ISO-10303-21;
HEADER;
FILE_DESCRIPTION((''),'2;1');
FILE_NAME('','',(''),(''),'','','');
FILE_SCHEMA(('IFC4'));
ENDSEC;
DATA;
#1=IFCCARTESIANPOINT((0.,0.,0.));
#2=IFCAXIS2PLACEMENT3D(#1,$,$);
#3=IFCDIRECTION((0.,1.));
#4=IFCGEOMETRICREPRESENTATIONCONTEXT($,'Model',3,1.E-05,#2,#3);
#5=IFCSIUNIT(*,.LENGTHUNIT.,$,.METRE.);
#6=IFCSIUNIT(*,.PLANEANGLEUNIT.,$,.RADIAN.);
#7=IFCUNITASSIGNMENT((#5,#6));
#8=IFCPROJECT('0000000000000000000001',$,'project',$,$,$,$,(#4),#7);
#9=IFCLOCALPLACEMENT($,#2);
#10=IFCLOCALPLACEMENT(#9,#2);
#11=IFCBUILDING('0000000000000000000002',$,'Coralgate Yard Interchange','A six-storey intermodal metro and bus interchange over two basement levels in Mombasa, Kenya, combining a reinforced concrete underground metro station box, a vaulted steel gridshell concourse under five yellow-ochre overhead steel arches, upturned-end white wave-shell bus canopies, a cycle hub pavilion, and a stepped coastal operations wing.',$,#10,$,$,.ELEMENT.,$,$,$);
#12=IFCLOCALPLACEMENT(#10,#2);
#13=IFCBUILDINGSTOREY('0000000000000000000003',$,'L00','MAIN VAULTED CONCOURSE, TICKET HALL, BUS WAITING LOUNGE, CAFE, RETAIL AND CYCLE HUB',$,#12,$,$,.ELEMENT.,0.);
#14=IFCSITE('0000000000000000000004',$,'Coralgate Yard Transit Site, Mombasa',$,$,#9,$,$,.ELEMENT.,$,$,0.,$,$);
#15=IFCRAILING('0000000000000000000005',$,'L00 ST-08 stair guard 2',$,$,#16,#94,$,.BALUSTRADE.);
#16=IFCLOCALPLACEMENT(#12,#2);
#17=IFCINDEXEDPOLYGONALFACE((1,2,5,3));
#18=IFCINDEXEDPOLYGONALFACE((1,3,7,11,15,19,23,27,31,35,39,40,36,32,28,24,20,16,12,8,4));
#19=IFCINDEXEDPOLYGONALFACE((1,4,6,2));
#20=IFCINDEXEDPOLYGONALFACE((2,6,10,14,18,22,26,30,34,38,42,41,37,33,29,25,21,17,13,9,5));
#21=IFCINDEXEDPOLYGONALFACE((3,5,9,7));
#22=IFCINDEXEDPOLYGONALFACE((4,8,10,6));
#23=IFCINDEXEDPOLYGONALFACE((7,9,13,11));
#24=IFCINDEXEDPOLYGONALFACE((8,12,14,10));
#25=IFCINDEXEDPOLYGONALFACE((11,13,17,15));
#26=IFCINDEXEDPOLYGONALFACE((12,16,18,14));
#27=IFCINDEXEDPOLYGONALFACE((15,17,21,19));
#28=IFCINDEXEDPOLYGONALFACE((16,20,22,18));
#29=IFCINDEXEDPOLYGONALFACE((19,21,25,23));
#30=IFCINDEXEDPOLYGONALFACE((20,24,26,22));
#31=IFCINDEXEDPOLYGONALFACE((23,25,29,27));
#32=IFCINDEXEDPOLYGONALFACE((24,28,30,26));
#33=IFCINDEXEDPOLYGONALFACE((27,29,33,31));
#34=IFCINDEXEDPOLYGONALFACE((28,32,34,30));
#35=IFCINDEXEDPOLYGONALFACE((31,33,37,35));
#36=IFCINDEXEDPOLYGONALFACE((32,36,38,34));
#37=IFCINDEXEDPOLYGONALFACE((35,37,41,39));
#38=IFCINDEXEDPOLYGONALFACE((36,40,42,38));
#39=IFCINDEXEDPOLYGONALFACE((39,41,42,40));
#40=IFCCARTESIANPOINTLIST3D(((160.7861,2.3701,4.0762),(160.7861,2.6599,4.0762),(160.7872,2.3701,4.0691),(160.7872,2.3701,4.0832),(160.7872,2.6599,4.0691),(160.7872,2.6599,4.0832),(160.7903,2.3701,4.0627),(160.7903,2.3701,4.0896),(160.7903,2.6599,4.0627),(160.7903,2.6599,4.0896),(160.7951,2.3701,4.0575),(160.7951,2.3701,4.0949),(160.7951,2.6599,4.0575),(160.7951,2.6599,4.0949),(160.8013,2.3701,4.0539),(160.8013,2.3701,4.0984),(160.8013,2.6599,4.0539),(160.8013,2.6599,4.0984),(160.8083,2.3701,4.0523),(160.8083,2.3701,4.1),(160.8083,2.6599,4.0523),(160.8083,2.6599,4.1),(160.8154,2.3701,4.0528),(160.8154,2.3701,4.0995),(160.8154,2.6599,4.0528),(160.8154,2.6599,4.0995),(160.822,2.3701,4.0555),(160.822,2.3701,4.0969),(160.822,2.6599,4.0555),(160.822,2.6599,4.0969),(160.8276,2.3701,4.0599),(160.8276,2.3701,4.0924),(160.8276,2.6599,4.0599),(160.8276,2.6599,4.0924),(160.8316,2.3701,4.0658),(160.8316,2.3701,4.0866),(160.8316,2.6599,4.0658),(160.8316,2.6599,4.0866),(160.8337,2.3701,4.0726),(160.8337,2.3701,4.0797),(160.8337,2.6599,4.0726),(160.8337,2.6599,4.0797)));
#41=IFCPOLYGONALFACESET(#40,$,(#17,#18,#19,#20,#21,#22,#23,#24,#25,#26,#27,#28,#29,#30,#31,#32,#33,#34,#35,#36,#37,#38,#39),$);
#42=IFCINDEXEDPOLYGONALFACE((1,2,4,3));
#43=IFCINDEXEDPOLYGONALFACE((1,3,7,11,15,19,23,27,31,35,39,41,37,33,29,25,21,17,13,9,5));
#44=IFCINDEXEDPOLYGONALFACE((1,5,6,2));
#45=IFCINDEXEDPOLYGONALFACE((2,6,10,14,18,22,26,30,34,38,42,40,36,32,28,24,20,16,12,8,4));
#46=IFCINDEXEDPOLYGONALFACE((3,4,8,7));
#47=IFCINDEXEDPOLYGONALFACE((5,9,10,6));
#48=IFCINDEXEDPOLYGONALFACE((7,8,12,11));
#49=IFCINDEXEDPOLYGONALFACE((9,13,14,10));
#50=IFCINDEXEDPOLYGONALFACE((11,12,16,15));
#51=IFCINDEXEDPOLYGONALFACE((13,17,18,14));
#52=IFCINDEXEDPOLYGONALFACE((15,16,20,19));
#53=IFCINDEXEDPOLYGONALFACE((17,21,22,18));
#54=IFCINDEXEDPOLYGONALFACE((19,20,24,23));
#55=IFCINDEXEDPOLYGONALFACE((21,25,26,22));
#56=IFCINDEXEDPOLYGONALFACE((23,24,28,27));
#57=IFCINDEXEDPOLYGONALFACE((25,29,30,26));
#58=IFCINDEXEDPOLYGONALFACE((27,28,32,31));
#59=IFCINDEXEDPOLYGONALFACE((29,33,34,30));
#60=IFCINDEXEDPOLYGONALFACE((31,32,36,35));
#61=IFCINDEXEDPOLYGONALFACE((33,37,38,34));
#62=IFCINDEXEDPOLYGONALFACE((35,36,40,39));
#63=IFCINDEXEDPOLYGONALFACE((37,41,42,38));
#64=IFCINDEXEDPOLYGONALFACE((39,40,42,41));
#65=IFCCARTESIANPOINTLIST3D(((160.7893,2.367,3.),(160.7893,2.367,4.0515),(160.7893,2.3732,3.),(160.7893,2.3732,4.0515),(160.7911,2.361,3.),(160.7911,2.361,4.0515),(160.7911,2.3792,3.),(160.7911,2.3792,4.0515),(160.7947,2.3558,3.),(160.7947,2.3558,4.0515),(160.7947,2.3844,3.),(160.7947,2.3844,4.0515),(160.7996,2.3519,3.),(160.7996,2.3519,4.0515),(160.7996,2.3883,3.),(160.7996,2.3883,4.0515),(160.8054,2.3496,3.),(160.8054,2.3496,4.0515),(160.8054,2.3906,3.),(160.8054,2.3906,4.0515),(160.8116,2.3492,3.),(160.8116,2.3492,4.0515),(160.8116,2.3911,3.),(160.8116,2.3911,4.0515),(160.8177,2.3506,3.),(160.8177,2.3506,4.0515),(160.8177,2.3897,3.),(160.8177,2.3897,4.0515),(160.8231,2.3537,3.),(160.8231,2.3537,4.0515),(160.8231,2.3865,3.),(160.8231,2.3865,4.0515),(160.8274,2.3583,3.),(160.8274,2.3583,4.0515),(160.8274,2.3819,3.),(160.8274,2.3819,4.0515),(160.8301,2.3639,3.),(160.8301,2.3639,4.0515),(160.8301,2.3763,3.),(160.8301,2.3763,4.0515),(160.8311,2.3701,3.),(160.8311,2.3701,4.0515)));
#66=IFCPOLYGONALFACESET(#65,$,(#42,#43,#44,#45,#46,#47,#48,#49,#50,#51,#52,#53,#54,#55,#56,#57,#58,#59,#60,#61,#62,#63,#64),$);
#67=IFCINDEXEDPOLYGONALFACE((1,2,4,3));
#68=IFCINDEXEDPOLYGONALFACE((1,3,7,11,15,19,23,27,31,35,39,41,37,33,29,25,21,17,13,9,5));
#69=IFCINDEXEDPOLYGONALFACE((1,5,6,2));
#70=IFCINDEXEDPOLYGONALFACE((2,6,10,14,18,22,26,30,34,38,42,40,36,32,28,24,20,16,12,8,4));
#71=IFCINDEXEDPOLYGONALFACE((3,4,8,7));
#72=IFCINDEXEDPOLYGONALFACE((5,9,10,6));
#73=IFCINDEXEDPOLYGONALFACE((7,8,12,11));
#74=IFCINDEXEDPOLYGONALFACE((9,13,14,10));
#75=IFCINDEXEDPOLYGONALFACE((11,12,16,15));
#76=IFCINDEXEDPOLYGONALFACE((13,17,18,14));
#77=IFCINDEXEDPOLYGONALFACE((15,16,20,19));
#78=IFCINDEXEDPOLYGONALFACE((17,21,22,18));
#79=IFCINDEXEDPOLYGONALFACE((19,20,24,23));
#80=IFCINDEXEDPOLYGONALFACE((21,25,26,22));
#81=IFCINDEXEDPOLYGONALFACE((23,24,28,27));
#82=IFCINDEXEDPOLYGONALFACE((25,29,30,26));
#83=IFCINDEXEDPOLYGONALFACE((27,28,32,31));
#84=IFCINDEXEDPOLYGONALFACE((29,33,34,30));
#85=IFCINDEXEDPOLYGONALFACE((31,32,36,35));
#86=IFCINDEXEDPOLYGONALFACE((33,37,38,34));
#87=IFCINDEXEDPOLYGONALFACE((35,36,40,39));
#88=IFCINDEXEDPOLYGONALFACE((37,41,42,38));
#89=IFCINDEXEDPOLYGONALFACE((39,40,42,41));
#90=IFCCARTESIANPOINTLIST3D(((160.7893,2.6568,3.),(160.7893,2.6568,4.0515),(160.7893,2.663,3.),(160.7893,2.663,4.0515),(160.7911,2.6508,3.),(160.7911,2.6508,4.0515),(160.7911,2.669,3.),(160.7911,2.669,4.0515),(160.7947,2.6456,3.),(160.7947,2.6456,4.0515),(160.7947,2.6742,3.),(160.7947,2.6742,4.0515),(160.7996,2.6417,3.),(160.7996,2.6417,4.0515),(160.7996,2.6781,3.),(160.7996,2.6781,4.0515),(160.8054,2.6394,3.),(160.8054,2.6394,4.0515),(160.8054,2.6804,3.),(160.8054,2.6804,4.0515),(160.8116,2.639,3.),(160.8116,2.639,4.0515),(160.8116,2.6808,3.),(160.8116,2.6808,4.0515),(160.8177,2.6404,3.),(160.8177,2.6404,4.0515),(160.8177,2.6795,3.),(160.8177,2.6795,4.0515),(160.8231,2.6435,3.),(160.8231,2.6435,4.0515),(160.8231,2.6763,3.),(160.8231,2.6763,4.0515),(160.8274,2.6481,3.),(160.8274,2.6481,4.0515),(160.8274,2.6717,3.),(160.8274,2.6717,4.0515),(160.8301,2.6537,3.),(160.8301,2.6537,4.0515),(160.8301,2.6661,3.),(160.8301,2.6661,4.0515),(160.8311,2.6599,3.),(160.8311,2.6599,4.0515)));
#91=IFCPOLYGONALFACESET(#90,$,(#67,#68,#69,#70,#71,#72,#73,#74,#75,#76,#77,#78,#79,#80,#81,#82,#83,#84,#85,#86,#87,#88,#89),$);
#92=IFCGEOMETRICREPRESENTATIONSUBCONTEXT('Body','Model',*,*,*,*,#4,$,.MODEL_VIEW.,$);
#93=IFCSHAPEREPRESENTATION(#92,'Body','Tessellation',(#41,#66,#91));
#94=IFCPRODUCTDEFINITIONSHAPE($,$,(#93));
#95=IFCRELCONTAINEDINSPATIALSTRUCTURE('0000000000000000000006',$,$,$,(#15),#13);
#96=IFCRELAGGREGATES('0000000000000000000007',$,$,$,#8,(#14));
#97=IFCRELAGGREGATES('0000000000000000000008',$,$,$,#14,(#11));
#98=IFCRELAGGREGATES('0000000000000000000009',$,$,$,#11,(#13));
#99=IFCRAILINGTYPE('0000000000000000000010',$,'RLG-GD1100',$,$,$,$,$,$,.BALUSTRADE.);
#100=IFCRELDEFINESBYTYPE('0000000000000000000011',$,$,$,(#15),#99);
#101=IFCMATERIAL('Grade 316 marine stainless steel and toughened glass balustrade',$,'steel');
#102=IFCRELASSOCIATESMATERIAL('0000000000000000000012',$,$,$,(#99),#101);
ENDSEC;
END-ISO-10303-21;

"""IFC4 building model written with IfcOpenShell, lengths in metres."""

from ifc_helpers import new_model, si_unit, direction, frame, origin, origin_2d, place, context, subcontext, project, spatial, circle, extrude, material, type_object, element, save


model = new_model("IFC4")

# Units and contexts
model_context = context("Model", 3, precision=1e-05, world=origin(), true_north=direction((0.0, 1.0)))
body_context = subcontext(model_context, "Body", "Model", "MODEL_VIEW")
ifc_project = project(units=[si_unit("LENGTHUNIT", "METRE"), si_unit("PLANEANGLEUNIT", "RADIAN")], contexts=[model_context])

# Site, building, storey
site_placement = place(None, origin())
site = spatial("IfcSite", under=ifc_project, at=site_placement, Name="Coralgate Yard Transit Site, Mombasa", CompositionType="ELEMENT", RefElevation=0.0)
building_placement = place(site_placement, origin())
building = spatial("IfcBuilding", under=site, at=building_placement, Name="Coralgate Yard Interchange", Description="A six-storey intermodal metro and bus interchange over two basement levels in Mombasa, Kenya, combining a reinforced concrete underground metro station box, a vaulted steel gridshell concourse under five yellow-ochre overhead steel arches, upturned-end white wave-shell bus canopies, a cycle hub pavilion, and a stepped coastal operations wing.", CompositionType="ELEMENT")
storey_placement = place(building_placement, origin())
storey = spatial("IfcBuildingStorey", under=building, at=storey_placement, Name="L00", Description="MAIN VAULTED CONCOURSE, TICKET HALL, BUS WAITING LOUNGE, CAFE, RETAIL AND CYCLE HUB", CompositionType="ELEMENT", Elevation=0.0)

# Railing
ifc_material_1 = material(Name="Grade 316 marine stainless steel and toughened glass balustrade", Category="steel")
railing_type_1 = type_object("IfcRailingType", Name="RLG-GD1100", PredefinedType="BALUSTRADE", material=ifc_material_1)
railing_1_placement = place(storey_placement, frame((160.8101, 2.3701, 3.0)))
element("IfcRailing", 1, at=railing_1_placement, inside=storey, type_object=railing_type_1, Name="L00 ST-08 stair guard 2", PredefinedType="BALUSTRADE", context=body_context, shape_type="SweptSolid", body=[
    extrude(circle(Radius=0.0239, at=origin_2d()), frame((0.0, 0.0, 1.0762), z_axis=(0.0, 1.0, 0.0), x_axis=(-1.0, 0.0, 0.0)), (0.0, 0.0, 1.0), 0.2898),
    extrude(circle(Radius=0.021, at=origin_2d()), origin(), (0.0, 0.0, 1.0), 1.0515),
    extrude(circle(Radius=0.021, at=origin_2d()), frame((0.0, 0.2898, 0.0)), (0.0, 0.0, 1.0), 1.0515),
])

save(model, "model.ifc")
